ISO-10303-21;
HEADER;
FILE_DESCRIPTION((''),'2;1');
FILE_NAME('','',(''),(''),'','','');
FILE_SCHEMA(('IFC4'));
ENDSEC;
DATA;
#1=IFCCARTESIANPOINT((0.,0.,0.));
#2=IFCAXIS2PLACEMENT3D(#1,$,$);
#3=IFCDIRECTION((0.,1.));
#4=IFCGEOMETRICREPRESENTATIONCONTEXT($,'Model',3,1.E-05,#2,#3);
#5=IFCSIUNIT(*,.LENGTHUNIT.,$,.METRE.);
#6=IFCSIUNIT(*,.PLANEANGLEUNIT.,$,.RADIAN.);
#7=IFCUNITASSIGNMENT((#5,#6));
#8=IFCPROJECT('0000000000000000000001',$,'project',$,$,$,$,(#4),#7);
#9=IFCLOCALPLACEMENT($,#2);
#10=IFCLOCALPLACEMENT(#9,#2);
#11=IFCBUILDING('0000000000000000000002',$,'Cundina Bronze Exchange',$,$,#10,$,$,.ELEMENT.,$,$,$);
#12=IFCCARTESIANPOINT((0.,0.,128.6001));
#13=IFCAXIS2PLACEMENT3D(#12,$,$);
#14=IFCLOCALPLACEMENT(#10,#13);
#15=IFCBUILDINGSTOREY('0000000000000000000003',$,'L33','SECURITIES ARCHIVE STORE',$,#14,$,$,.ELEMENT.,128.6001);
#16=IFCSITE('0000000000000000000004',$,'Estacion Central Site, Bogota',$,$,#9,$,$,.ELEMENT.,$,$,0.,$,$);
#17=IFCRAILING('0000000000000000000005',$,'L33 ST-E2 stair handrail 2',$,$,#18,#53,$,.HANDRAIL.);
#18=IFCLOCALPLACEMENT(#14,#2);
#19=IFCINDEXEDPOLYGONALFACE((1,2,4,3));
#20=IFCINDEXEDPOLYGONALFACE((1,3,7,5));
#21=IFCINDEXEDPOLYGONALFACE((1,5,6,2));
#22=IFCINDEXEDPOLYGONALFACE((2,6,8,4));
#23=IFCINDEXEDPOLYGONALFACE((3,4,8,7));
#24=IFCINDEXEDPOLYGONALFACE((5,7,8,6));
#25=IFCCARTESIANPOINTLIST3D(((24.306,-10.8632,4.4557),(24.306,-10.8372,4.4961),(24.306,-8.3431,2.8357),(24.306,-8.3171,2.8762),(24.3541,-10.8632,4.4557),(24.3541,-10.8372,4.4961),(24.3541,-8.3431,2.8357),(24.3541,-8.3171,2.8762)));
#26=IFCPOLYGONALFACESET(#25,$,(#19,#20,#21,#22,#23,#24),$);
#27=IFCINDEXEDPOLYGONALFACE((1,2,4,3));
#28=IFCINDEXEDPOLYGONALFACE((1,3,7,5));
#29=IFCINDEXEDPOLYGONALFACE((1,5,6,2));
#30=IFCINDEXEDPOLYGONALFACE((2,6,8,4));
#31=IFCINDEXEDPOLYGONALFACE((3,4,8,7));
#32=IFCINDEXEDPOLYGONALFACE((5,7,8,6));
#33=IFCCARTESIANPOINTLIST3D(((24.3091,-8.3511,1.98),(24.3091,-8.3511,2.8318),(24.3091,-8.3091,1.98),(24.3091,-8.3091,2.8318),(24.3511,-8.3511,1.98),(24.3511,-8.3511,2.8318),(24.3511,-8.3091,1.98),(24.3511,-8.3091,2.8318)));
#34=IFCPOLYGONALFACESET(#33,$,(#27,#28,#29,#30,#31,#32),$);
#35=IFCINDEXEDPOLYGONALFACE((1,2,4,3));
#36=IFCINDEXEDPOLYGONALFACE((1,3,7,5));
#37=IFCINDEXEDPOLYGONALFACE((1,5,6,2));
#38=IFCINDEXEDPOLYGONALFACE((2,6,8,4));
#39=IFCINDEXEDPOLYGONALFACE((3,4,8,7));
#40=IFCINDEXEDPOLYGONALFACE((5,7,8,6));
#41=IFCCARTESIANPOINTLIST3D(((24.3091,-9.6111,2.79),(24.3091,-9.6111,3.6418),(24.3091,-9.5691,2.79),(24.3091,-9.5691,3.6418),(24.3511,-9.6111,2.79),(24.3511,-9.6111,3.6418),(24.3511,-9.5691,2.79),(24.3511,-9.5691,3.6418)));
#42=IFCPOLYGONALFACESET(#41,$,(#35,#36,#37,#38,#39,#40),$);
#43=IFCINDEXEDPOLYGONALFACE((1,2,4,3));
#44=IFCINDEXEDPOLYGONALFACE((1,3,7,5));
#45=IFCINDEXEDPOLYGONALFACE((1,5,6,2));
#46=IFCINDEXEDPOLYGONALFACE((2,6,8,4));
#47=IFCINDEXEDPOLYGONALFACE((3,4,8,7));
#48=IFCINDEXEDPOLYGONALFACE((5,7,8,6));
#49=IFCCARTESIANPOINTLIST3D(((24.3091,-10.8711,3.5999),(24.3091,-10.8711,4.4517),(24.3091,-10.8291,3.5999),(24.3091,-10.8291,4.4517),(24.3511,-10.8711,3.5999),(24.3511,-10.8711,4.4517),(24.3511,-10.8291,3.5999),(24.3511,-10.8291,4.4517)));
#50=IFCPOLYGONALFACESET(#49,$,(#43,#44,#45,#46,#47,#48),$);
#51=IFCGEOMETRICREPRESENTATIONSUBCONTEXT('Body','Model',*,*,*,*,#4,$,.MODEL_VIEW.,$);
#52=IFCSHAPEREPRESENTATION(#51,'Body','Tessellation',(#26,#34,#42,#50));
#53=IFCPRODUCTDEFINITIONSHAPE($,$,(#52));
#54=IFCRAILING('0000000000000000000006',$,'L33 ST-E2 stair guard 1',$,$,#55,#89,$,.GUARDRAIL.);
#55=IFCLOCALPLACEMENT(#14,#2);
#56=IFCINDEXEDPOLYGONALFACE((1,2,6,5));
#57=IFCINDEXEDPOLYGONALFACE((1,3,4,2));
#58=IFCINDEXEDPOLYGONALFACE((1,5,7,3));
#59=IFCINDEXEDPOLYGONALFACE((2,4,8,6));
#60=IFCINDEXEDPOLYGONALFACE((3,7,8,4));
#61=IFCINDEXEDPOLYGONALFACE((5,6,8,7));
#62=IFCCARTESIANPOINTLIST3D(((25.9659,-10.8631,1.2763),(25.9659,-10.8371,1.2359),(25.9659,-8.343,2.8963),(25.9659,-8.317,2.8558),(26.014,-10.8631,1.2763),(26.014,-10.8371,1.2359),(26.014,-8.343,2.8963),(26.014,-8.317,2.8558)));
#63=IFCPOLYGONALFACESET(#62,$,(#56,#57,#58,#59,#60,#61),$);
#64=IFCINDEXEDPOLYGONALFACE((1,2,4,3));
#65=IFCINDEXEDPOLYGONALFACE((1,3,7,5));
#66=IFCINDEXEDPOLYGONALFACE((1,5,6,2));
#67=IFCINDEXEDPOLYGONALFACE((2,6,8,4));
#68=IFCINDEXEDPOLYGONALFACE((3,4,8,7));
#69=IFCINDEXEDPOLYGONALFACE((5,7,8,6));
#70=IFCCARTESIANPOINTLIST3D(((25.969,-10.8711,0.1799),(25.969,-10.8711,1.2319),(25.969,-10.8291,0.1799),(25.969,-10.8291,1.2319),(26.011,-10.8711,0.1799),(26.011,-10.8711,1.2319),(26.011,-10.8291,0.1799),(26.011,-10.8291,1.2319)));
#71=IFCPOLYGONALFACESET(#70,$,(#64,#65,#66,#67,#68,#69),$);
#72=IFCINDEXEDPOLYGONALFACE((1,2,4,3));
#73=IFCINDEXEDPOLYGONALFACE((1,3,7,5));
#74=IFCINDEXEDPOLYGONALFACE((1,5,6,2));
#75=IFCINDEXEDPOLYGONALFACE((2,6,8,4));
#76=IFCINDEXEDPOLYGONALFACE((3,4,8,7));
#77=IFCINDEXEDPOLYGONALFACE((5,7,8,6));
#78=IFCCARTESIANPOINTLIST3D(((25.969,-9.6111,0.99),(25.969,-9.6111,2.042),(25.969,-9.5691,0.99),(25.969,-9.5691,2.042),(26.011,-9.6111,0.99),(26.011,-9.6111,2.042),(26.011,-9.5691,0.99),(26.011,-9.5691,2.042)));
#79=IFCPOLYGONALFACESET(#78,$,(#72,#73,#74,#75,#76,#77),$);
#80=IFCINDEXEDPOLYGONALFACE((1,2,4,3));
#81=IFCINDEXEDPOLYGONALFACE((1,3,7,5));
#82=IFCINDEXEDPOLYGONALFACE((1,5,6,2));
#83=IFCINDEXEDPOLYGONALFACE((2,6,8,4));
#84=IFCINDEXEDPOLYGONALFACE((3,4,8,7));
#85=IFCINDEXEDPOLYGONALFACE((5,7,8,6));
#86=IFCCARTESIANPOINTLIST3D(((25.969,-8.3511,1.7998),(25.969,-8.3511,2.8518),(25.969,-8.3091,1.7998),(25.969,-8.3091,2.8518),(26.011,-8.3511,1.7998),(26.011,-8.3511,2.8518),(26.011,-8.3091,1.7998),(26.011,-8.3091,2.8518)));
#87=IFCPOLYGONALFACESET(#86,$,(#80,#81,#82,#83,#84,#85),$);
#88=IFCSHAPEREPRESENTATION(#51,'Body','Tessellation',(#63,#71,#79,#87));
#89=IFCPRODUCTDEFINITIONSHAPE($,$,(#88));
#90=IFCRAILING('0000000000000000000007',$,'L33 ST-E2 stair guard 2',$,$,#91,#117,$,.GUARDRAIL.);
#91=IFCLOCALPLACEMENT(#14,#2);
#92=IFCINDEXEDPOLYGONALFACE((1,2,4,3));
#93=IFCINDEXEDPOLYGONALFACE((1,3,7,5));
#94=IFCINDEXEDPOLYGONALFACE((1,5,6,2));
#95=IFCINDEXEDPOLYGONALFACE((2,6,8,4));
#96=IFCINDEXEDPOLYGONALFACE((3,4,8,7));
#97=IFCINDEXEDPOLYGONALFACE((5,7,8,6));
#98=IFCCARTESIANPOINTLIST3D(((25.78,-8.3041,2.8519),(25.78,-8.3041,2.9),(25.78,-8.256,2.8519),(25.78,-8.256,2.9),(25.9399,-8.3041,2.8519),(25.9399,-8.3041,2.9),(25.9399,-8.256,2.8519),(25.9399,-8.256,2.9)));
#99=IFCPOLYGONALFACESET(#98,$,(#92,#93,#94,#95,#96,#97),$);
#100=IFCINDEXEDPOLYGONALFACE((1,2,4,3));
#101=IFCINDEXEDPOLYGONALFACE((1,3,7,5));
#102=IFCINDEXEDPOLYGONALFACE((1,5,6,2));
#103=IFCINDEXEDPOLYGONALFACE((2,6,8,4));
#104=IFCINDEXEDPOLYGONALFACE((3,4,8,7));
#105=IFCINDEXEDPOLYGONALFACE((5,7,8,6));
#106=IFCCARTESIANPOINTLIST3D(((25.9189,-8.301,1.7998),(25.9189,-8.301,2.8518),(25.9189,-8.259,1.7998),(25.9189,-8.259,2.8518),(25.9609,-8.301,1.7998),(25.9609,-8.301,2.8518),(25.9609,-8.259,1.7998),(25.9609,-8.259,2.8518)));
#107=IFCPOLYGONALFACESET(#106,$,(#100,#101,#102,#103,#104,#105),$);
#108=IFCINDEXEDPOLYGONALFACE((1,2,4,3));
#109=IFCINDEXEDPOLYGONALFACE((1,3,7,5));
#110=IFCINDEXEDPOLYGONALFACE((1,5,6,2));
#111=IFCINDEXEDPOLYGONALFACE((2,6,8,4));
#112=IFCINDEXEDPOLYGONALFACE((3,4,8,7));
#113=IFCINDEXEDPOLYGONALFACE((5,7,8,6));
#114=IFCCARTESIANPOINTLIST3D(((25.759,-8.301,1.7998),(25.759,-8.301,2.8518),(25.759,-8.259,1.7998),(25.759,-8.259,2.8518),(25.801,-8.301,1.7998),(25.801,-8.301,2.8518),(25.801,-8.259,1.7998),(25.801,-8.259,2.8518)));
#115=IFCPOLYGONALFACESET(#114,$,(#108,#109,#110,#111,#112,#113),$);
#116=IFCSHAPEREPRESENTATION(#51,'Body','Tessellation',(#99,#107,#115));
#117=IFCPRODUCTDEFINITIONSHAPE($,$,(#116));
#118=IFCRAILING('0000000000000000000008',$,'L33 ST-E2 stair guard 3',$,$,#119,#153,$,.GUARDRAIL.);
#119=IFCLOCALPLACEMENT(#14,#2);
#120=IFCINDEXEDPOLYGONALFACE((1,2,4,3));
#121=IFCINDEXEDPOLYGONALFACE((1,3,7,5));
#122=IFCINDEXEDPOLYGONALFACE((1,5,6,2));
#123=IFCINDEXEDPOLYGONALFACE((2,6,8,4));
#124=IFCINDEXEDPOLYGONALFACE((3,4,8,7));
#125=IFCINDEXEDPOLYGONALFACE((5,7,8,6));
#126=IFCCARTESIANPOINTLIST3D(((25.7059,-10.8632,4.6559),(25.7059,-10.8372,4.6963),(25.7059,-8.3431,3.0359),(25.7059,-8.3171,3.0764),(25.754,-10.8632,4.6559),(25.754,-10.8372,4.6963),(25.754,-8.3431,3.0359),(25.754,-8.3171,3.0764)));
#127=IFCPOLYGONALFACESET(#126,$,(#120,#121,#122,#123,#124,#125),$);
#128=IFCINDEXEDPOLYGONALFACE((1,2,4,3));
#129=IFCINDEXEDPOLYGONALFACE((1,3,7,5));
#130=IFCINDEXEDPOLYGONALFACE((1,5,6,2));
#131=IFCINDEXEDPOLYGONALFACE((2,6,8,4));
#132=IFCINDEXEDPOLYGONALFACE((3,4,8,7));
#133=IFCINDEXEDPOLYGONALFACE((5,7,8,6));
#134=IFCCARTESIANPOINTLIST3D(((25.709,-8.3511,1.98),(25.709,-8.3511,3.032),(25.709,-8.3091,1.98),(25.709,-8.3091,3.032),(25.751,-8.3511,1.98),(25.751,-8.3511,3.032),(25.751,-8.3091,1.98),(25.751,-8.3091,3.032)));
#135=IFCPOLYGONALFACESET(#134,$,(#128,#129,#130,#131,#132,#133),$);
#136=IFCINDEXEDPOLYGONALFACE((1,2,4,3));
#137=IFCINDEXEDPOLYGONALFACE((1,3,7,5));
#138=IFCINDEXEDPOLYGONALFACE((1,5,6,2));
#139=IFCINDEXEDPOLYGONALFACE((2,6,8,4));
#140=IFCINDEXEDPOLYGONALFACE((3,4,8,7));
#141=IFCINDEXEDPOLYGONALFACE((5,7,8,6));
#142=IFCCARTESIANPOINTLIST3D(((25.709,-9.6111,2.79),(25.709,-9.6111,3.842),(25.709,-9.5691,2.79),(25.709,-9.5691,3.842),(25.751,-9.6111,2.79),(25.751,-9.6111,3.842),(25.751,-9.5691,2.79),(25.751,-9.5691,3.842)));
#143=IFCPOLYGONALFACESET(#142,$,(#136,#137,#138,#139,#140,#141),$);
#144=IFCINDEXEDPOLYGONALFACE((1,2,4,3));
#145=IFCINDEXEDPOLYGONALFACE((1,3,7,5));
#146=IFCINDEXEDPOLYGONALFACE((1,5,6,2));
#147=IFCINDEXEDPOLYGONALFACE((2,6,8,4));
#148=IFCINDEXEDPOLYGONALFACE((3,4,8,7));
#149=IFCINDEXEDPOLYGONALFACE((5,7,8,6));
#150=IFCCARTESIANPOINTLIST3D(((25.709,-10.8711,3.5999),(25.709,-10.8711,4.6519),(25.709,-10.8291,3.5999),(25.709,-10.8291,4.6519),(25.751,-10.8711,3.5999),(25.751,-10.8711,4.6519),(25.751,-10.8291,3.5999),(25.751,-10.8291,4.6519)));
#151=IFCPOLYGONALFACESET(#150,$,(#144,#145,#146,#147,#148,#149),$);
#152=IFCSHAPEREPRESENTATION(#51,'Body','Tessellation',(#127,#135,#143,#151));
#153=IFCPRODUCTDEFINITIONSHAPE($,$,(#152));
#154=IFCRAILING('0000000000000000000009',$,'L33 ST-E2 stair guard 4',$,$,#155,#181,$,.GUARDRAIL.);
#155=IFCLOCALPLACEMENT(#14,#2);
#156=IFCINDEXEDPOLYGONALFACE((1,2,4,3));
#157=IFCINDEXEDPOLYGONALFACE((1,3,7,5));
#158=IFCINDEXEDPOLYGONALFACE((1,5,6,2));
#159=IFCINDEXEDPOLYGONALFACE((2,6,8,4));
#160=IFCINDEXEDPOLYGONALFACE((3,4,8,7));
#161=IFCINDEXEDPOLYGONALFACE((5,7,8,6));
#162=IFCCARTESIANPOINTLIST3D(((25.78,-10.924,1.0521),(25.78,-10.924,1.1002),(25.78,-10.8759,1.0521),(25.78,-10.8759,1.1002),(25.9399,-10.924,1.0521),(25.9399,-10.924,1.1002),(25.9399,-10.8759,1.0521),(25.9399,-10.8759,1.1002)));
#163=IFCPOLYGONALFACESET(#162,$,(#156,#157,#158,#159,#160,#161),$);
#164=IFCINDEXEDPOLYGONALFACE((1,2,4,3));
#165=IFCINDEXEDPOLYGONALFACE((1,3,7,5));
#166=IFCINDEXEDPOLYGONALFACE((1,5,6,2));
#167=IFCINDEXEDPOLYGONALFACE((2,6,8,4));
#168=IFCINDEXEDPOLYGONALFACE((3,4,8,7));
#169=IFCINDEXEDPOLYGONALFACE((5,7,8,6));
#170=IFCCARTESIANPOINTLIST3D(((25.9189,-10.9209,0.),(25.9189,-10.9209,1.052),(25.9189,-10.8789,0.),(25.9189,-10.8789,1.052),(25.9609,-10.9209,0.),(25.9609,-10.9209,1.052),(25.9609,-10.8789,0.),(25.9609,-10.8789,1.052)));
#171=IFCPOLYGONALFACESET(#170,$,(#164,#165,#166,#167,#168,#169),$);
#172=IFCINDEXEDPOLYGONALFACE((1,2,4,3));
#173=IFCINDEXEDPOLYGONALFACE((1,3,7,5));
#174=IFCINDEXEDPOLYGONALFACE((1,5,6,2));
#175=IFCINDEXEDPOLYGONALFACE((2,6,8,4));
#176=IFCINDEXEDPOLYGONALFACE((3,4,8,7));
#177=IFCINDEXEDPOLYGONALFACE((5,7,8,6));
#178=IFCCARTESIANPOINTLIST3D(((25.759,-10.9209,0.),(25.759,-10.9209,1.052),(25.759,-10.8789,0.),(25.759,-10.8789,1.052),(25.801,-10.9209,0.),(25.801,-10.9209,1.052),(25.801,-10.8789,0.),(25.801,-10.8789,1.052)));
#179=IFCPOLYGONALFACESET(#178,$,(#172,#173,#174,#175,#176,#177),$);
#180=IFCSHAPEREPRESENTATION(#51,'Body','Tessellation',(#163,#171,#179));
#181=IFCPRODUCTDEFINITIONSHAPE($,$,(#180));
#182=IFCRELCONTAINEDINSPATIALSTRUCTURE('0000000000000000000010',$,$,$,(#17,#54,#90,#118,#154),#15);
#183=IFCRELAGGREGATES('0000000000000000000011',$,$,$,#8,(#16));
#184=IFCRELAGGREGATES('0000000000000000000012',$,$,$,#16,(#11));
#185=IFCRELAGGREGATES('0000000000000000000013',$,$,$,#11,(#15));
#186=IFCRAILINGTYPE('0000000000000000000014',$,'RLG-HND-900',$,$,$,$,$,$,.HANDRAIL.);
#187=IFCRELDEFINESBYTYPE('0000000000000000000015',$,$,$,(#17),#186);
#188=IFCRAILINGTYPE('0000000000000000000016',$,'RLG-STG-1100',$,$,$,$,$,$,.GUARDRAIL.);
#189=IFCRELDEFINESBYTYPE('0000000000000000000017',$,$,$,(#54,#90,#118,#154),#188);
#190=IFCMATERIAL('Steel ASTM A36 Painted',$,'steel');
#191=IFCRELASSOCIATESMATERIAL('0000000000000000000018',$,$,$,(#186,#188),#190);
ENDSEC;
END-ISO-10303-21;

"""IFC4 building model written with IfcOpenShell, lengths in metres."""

from ifc_helpers import new_model, si_unit, direction, frame, origin, origin_2d, place, context, subcontext, project, spatial, rectangle, extrude, material, type_object, element, save


model = new_model("IFC4")

# Units and contexts
model_context = context("Model", 3, precision=1e-05, world=origin(), true_north=direction((0.0, 1.0)))
body_context = subcontext(model_context, "Body", "Model", "MODEL_VIEW")
ifc_project = project(units=[si_unit("LENGTHUNIT", "METRE"), si_unit("PLANEANGLEUNIT", "RADIAN")], contexts=[model_context])

# Site, building, storey
site_placement = place(None, origin())
site = spatial("IfcSite", under=ifc_project, at=site_placement, Name="Estacion Central Site, Bogota", CompositionType="ELEMENT", RefElevation=0.0)
building_placement = place(site_placement, origin())
building = spatial("IfcBuilding", under=site, at=building_placement, Name="Cundina Bronze Exchange", CompositionType="ELEMENT")
storey_placement = place(building_placement, frame((0.0, 0.0, 128.6001)))
storey = spatial("IfcBuildingStorey", under=building, at=storey_placement, Name="L33", Description="SECURITIES ARCHIVE STORE", CompositionType="ELEMENT", Elevation=128.6001)

# Shared definitions
ifc_material_1 = material(Name="Steel ASTM A36 Painted", Category="steel")

# Railings
railing_type_1 = type_object("IfcRailingType", Name="RLG-HND-900", PredefinedType="HANDRAIL", material=ifc_material_1)
railing_1_placement = place(storey_placement, frame((24.3301, -8.3301, 1.98)))
element("IfcRailing", 1, at=railing_1_placement, inside=storey, type_object=railing_type_1, Name="L33 ST-E2 stair handrail 2", PredefinedType="HANDRAIL", context=body_context, shape_type="SweptSolid", body=[
    extrude(rectangle(XDim=0.0481, YDim=0.0481, at=origin_2d()), frame((0.0, 0.0, 0.876), z_axis=(0.0, -0.8412, 0.540725), x_axis=(1.0, 0.0, 0.0)), (0.0, 0.0, 1.0), 2.9958),
    extrude(rectangle(XDim=0.042, YDim=0.042, at=origin_2d()), origin(), (0.0, 0.0, 1.0), 0.8518),
    extrude(rectangle(XDim=0.042, YDim=0.042, at=origin_2d()), frame((0.0, -1.26, 0.8101)), (0.0, 0.0, 1.0), 0.8518),
    extrude(rectangle(XDim=0.042, YDim=0.042, at=origin_2d()), frame((0.0, -2.52, 1.6199)), (0.0, 0.0, 1.0), 0.8518),
])
railing_type_2 = type_object("IfcRailingType", Name="RLG-STG-1100", PredefinedType="GUARDRAIL", material=ifc_material_1)
railing_2_placement = place(storey_placement, frame((25.99, -10.8501, 0.1799)))
element("IfcRailing", 2, at=railing_2_placement, inside=storey, type_object=railing_type_2, Name="L33 ST-E2 stair guard 1", PredefinedType="GUARDRAIL", context=body_context, shape_type="SweptSolid", body=[
    extrude(rectangle(XDim=0.0481, YDim=0.0481, at=origin_2d()), frame((0.0, 0.0, 1.0762), z_axis=(0.0, 0.8412, 0.540725), x_axis=(-1.0, 0.0, 0.0)), (0.0, 0.0, 1.0), 2.9958),
    extrude(rectangle(XDim=0.042, YDim=0.042, at=origin_2d()), origin(), (0.0, 0.0, 1.0), 1.052),
    extrude(rectangle(XDim=0.042, YDim=0.042, at=origin_2d()), frame((0.0, 1.26, 0.8101)), (0.0, 0.0, 1.0), 1.052),
    extrude(rectangle(XDim=0.042, YDim=0.042, at=origin_2d()), frame((0.0, 2.52, 1.6199)), (0.0, 0.0, 1.0), 1.052),
])
railing_3_placement = place(storey_placement, frame((25.9399, -8.28, 1.7998)))
element("IfcRailing", 3, at=railing_3_placement, inside=storey, type_object=railing_type_2, Name="L33 ST-E2 stair guard 2", PredefinedType="GUARDRAIL", context=body_context, shape_type="SweptSolid", body=[
    extrude(rectangle(XDim=0.0481, YDim=0.0481, at=origin_2d()), frame((0.0, 0.0, 1.0762), z_axis=(-1.0, 0.0, 0.0), x_axis=(0.0, -1.0, 0.0)), (0.0, 0.0, 1.0), 0.1599),
    extrude(rectangle(XDim=0.042, YDim=0.042, at=origin_2d()), origin(), (0.0, 0.0, 1.0), 1.052),
    extrude(rectangle(XDim=0.042, YDim=0.042, at=origin_2d()), frame((-0.1599, 0.0, 0.0)), (0.0, 0.0, 1.0), 1.052),
])
railing_4_placement = place(storey_placement, frame((25.73, -8.3301, 1.98)))
element("IfcRailing", 4, at=railing_4_placement, inside=storey, type_object=railing_type_2, Name="L33 ST-E2 stair guard 3", PredefinedType="GUARDRAIL", context=body_context, shape_type="SweptSolid", body=[
    extrude(rectangle(XDim=0.0481, YDim=0.0481, at=origin_2d()), frame((0.0, 0.0, 1.0762), z_axis=(0.0, -0.8412, 0.540725), x_axis=(1.0, 0.0, 0.0)), (0.0, 0.0, 1.0), 2.9958),
    extrude(rectangle(XDim=0.042, YDim=0.042, at=origin_2d()), origin(), (0.0, 0.0, 1.0), 1.052),
    extrude(rectangle(XDim=0.042, YDim=0.042, at=origin_2d()), frame((0.0, -1.26, 0.8101)), (0.0, 0.0, 1.0), 1.052),
    extrude(rectangle(XDim=0.042, YDim=0.042, at=origin_2d()), frame((0.0, -2.52, 1.6199)), (0.0, 0.0, 1.0), 1.052),
])
railing_5_placement = place(storey_placement, frame((25.9399, -10.8999, 0.0)))
element("IfcRailing", 5, at=railing_5_placement, inside=storey, type_object=railing_type_2, Name="L33 ST-E2 stair guard 4", PredefinedType="GUARDRAIL", context=body_context, shape_type="SweptSolid", body=[
    extrude(rectangle(XDim=0.0481, YDim=0.0481, at=origin_2d()), frame((0.0, 0.0, 1.0762), z_axis=(-1.0, 0.0, 0.0), x_axis=(0.0, -1.0, 0.0)), (0.0, 0.0, 1.0), 0.1599),
    extrude(rectangle(XDim=0.042, YDim=0.042, at=origin_2d()), origin(), (0.0, 0.0, 1.0), 1.052),
    extrude(rectangle(XDim=0.042, YDim=0.042, at=origin_2d()), frame((-0.1599, 0.0, 0.0)), (0.0, 0.0, 1.0), 1.052),
])

save(model, "model.ifc")
